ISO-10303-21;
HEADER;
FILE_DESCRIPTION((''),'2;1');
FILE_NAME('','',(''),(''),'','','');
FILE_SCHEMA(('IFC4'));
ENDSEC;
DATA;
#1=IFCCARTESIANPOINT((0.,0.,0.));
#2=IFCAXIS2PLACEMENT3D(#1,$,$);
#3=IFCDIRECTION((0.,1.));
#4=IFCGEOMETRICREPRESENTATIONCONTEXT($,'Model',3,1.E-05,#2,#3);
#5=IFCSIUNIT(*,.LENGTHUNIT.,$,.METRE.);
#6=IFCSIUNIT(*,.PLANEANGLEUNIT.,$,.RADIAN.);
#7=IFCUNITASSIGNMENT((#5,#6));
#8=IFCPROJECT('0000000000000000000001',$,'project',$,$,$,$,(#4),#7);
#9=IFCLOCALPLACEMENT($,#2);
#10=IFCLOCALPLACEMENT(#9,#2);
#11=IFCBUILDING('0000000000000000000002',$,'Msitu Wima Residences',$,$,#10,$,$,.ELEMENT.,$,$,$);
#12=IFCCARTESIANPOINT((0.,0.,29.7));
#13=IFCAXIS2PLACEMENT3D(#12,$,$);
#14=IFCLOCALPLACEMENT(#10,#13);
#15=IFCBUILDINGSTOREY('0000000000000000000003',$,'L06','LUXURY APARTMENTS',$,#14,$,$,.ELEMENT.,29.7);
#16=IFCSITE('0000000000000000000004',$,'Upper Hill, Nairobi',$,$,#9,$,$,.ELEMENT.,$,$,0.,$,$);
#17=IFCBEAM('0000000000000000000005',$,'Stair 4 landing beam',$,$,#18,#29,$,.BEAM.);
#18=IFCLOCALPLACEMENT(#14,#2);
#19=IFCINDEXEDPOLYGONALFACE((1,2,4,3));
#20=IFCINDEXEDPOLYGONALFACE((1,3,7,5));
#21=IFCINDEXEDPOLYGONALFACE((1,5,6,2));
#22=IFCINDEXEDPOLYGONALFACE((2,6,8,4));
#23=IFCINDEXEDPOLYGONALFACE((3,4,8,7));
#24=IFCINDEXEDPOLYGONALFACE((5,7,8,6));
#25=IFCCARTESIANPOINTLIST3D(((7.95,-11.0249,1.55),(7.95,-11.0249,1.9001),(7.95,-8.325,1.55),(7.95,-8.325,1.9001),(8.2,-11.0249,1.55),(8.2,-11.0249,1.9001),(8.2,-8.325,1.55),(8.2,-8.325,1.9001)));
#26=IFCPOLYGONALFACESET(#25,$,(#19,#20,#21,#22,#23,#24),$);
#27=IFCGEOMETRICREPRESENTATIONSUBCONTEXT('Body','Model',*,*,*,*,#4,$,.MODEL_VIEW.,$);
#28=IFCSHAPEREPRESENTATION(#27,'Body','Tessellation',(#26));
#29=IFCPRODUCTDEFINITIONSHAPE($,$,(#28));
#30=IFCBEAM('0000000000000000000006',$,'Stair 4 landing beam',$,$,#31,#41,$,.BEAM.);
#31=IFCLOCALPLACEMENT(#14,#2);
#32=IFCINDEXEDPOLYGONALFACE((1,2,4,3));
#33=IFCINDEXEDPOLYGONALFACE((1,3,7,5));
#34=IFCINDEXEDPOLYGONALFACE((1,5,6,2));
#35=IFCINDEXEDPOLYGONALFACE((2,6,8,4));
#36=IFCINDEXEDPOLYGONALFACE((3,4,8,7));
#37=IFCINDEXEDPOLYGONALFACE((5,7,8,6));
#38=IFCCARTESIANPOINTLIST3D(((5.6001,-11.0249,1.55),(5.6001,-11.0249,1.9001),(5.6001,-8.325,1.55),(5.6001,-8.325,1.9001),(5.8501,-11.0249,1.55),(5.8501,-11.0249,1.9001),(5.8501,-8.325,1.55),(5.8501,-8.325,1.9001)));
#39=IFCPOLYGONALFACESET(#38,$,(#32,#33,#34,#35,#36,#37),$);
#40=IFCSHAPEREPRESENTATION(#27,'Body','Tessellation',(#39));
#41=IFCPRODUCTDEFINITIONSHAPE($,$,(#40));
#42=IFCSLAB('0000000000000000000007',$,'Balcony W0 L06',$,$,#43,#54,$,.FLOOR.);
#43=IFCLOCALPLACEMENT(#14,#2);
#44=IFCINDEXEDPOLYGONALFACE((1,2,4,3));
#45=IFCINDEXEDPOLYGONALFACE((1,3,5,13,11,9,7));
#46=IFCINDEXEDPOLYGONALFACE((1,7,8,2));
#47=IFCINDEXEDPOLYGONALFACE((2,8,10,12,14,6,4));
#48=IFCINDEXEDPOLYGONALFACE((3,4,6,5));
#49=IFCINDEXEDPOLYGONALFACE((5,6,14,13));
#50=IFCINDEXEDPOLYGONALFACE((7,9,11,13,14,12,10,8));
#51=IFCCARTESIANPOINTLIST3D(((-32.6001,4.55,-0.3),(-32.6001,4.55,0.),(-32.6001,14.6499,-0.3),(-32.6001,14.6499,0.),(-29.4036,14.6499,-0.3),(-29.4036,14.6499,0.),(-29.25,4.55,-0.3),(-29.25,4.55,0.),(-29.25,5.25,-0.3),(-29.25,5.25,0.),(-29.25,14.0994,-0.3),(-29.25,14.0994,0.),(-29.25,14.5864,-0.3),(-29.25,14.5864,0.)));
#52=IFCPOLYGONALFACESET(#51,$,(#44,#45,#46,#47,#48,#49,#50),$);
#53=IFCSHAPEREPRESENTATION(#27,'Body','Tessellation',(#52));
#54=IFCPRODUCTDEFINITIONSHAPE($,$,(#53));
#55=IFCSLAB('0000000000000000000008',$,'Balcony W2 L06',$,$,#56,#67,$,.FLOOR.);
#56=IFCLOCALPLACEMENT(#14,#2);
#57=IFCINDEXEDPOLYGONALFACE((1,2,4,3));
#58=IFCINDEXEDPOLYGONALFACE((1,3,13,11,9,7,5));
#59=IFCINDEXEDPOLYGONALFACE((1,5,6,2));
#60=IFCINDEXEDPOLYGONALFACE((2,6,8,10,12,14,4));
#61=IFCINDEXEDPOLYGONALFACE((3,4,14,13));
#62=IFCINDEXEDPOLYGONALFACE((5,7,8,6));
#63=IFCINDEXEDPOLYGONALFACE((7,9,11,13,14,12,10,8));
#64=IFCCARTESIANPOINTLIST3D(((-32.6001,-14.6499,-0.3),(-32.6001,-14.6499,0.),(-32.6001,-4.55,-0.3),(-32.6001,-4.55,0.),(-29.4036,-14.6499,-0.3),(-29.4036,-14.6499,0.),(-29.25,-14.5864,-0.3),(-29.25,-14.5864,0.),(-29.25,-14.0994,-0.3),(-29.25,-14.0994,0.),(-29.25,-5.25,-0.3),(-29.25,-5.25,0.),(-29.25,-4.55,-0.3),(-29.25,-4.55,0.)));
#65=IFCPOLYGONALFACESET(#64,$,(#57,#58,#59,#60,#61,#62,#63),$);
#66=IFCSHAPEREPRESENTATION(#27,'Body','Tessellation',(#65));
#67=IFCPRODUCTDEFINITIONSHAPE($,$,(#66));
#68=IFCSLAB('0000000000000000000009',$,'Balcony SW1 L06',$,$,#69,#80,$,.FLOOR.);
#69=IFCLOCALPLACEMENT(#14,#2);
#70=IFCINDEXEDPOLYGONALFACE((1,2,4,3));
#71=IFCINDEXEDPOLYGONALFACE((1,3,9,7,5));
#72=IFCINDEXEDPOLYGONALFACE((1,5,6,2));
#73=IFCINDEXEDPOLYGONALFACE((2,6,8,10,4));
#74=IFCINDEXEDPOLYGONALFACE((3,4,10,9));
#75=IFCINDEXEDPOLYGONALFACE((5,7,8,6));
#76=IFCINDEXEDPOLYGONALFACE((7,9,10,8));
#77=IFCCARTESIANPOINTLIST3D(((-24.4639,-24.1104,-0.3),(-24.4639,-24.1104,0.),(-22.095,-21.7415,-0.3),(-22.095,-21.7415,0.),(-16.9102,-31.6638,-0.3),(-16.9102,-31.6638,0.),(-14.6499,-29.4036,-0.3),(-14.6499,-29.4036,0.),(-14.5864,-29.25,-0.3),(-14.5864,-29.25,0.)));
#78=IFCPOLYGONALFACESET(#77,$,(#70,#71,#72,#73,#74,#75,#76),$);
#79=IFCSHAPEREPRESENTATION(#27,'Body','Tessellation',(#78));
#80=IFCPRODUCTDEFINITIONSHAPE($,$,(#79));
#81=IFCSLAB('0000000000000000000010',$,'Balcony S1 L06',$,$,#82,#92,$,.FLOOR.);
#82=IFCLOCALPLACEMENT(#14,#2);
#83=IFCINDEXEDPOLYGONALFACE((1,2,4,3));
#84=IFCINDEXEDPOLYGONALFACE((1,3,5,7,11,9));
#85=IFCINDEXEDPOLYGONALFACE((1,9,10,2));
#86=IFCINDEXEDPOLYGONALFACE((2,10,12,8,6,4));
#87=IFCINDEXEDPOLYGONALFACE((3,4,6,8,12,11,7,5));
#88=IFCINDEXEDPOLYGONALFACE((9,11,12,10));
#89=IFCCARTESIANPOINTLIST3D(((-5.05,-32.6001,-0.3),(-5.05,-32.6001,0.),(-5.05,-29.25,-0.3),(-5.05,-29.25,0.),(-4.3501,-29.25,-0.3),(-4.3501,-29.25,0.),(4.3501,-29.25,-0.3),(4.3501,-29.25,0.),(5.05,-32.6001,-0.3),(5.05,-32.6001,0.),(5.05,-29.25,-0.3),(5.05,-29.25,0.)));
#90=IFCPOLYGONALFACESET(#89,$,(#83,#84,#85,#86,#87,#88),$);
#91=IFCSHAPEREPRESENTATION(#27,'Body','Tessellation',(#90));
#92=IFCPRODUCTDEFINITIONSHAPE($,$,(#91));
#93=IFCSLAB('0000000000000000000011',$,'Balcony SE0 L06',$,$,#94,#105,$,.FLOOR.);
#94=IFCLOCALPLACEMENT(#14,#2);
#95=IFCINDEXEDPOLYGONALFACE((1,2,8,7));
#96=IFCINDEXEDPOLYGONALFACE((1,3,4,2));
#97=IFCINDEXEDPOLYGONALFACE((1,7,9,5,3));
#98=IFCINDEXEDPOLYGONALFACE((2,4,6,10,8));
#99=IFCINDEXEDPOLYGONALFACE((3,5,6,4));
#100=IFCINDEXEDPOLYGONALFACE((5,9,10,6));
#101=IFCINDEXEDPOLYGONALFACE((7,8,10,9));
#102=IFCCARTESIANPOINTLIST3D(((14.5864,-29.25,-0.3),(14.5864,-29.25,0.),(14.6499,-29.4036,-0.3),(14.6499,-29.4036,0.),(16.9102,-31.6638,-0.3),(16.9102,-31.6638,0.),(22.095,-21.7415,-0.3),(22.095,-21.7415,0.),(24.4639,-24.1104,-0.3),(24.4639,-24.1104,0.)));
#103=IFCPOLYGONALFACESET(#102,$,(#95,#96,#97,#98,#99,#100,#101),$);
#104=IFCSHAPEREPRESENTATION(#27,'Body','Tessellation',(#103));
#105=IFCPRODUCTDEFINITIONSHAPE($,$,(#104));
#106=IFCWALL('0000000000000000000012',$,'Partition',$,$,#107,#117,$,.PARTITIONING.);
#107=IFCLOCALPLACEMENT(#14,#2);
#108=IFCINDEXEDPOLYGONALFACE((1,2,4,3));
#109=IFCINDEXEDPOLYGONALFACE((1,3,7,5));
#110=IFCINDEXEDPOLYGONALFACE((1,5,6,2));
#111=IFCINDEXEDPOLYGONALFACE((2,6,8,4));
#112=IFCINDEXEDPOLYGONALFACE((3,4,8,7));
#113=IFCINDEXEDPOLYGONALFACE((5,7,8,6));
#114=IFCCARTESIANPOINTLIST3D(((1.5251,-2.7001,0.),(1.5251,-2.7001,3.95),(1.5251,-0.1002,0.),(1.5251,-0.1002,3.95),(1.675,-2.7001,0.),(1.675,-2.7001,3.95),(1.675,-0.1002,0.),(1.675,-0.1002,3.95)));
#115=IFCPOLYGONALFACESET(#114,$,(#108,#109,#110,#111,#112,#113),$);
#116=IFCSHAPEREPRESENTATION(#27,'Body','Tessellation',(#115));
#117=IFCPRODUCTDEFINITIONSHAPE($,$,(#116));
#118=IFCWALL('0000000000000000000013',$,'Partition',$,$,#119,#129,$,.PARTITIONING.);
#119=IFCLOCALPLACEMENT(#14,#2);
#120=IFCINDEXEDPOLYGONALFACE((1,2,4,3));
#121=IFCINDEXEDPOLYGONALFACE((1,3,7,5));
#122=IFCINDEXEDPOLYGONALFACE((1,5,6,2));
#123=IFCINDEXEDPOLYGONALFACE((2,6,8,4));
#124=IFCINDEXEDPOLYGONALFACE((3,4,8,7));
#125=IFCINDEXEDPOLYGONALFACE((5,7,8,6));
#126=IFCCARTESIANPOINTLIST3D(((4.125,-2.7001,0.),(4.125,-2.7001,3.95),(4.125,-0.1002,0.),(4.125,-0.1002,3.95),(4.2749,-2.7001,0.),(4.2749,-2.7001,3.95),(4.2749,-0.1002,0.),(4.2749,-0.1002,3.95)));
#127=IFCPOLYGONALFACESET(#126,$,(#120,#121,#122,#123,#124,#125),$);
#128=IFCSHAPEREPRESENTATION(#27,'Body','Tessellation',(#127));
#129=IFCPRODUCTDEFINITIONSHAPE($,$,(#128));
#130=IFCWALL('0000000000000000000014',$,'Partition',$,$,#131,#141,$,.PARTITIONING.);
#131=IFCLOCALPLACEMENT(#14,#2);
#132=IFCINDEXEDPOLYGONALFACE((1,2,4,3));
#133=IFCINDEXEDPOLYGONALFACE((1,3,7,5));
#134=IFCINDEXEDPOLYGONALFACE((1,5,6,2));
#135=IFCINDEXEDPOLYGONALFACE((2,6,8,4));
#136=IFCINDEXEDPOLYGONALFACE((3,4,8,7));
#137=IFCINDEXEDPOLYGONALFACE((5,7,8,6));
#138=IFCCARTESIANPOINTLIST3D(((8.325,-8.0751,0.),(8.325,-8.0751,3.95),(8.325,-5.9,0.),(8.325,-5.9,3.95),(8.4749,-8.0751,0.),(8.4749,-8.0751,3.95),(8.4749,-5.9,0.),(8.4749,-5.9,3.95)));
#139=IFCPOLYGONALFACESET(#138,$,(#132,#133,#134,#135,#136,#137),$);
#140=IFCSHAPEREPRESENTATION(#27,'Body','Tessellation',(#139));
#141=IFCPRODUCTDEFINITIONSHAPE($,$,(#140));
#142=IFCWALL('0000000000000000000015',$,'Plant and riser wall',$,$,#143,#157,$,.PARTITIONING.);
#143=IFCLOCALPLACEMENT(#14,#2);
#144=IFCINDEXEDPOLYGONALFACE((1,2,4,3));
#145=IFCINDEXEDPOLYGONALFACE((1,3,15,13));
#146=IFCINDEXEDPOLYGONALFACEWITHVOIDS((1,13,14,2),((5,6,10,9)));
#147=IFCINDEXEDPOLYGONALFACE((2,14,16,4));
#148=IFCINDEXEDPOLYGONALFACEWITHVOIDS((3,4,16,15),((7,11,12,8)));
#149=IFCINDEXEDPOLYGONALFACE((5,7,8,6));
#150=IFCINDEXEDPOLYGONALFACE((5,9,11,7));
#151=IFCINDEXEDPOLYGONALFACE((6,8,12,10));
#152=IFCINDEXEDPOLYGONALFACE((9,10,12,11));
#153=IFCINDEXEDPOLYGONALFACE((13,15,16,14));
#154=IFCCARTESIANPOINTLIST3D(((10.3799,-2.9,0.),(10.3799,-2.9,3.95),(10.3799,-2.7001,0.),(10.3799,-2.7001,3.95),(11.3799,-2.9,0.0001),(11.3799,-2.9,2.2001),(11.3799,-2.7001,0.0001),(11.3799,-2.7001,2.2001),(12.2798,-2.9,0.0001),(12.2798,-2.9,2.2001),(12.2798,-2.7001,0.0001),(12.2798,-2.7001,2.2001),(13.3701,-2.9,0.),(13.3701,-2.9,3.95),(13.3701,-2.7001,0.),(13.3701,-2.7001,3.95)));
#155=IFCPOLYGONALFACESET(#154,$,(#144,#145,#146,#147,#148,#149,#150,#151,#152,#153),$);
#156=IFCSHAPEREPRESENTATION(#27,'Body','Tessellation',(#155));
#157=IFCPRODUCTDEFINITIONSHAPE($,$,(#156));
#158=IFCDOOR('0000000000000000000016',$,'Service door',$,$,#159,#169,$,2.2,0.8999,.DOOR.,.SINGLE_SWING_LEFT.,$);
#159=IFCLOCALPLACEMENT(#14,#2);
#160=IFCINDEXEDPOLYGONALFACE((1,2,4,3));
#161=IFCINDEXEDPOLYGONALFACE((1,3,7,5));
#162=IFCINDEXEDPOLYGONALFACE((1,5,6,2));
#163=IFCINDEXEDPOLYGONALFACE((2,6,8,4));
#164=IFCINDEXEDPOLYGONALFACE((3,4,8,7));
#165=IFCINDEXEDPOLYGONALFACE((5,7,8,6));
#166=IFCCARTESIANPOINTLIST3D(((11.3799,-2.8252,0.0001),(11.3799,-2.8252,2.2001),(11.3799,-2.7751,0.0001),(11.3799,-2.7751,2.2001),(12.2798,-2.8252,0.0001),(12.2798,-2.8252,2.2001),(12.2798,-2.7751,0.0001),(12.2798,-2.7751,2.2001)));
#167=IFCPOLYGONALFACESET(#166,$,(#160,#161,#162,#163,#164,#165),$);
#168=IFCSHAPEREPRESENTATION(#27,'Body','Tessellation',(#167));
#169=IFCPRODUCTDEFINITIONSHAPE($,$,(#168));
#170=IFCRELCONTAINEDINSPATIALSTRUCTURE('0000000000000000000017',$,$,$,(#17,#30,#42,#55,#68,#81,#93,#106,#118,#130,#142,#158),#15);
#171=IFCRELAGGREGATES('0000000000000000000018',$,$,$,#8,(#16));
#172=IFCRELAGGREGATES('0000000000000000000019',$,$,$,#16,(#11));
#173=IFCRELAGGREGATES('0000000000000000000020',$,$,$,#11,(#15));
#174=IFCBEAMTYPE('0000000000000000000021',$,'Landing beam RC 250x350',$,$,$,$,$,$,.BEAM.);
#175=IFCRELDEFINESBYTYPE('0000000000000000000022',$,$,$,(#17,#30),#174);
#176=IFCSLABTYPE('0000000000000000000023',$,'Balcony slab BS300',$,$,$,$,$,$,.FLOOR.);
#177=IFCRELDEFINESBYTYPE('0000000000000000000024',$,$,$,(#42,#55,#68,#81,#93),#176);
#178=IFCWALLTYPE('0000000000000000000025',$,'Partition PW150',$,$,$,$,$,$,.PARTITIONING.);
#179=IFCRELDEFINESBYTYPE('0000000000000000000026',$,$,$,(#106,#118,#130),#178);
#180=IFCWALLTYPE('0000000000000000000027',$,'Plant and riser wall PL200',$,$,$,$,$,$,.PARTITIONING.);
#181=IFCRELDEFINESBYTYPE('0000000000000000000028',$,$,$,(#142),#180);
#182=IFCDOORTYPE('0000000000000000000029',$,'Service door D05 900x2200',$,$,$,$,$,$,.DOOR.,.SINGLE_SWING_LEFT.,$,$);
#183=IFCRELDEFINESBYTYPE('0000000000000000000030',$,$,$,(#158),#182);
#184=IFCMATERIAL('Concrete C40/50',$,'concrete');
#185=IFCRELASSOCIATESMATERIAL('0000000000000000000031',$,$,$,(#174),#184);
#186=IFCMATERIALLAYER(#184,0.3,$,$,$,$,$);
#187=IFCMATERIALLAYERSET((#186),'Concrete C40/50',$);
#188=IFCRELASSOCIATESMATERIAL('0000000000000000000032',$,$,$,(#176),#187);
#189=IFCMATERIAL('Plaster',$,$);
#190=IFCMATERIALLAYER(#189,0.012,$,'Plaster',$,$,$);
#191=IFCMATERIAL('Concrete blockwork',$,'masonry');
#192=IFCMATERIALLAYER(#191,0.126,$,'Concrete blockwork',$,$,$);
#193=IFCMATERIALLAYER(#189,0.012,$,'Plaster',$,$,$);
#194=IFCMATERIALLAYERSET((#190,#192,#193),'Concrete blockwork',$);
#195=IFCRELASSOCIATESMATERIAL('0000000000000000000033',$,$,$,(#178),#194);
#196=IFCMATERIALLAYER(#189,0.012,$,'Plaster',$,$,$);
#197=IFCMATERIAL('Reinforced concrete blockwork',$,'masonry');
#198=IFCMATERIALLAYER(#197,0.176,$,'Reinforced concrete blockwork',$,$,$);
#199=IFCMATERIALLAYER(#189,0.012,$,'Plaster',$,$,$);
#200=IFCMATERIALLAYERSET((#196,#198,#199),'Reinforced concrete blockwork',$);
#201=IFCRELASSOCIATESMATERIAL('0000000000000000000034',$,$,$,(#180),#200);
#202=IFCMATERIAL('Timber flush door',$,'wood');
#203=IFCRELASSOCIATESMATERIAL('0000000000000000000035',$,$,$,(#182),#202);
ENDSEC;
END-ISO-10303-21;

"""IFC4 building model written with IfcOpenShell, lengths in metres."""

from ifc_helpers import new_model, si_unit, direction, frame, frame_2d, origin, origin_2d, place, context, subcontext, project, spatial, polyline, rectangle, outline, extrude, material, layer, layer_set, material_profile, profile_set, type_object, element, fill, save


model = new_model("IFC4")

# Units and contexts
model_context = context("Model", 3, precision=1e-05, world=origin(), true_north=direction((0.0, 1.0)))
body_context = subcontext(model_context, "Body", "Model", "MODEL_VIEW")
ifc_project = project(units=[si_unit("LENGTHUNIT", "METRE"), si_unit("PLANEANGLEUNIT", "RADIAN")], contexts=[model_context])

# Site, building, storey
site_placement = place(None, origin())
site = spatial("IfcSite", under=ifc_project, at=site_placement, Name="Upper Hill, Nairobi", CompositionType="ELEMENT", RefElevation=0.0)
building_placement = place(site_placement, origin())
building = spatial("IfcBuilding", under=site, at=building_placement, Name="Msitu Wima Residences", CompositionType="ELEMENT")
storey_placement = place(building_placement, frame((0.0, 0.0, 29.7)))
storey = spatial("IfcBuildingStorey", under=building, at=storey_placement, Name="L06", Description="LUXURY APARTMENTS", CompositionType="ELEMENT", Elevation=29.7)

# Beams
ifc_material_1 = material(Name="Concrete C40/50", Category="concrete")
ifc_material_profile = material_profile(ifc_material_1, rectangle(XDim=0.25, YDim=0.3501, at=origin_2d()), Name="RC 250x350")
ifc_profile_set = profile_set([ifc_material_profile], Name="Concrete C40/50")
beam_type = type_object("IfcBeamType", Name="Landing beam RC 250x350", PredefinedType="BEAM", material=ifc_profile_set)
for number, where, z_axis, x_axis, name in (
    (1, (8.075, -11.0249, 1.7251), (0.0, 1.0, 0.0), (-1.0, 0.0, 0.0), "Stair 4 landing beam"),
    (2, (5.7251, -11.0249, 1.7251), (0.0, 1.0, 0.0), (-1.0, 0.0, 0.0), "Stair 4 landing beam"),
):
    element("IfcBeam", number, at=place(storey_placement, frame(where, z_axis=z_axis, x_axis=x_axis)), inside=storey, type_object=beam_type, Name=name, PredefinedType="BEAM", context=body_context, shape_type="SweptSolid", body=[
        extrude(rectangle(XDim=0.25, YDim=0.3501, at=origin_2d()), origin(), (0.0, 0.0, 1.0), 2.7),
    ])

# Slabs
ifc_layer_1 = layer(ifc_material_1, 0.3)
ifc_layer_set_1 = layer_set([ifc_layer_1], Name="Concrete C40/50")
slab_type = type_object("IfcSlabType", Name="Balcony slab BS300", PredefinedType="FLOOR", material=ifc_layer_set_1)
slab_1_placement = place(storey_placement, frame((0.0, 0.0, -0.3)))
element("IfcSlab", 3, at=slab_1_placement, inside=storey, type_object=slab_type, Name="Balcony W0 L06", PredefinedType="FLOOR", context=body_context, shape_type="SweptSolid", body=[
    extrude(outline(polyline([(-29.25, 14.0994), (-29.25, 14.0994), (-29.25, 5.25), (-29.25, 4.55), (-32.6001, 4.55), (-32.6001, 14.6499), (-29.4036, 14.6499), (-29.25, 14.5864), (-29.25, 14.0994), (-29.25, 14.0994)])), origin(), (0.0, 0.0, 1.0), 0.3),
])
slab_2_placement = place(storey_placement, frame((0.0, 0.0, -0.3)))
element("IfcSlab", 4, at=slab_2_placement, inside=storey, type_object=slab_type, Name="Balcony W2 L06", PredefinedType="FLOOR", context=body_context, shape_type="SweptSolid", body=[
    extrude(outline(polyline([(-29.25, -14.0994), (-29.25, -14.0994), (-29.25, -14.0994), (-29.25, -14.5864), (-29.4036, -14.6499), (-32.6001, -14.6499), (-32.6001, -4.55), (-29.25, -4.55), (-29.25, -5.25), (-29.25, -14.0994)])), origin(), (0.0, 0.0, 1.0), 0.3),
])
slab_3_placement = place(storey_placement, frame((0.0, 0.0, -0.3)))
element("IfcSlab", 5, at=slab_3_placement, inside=storey, type_object=slab_type, Name="Balcony SW1 L06", PredefinedType="FLOOR", context=body_context, shape_type="SweptSolid", body=[
    extrude(outline(polyline([(-16.9102, -31.6638), (-24.4639, -24.1104), (-22.095, -21.7415), (-14.5864, -29.25), (-14.6499, -29.4036), (-16.9102, -31.6638)])), origin(), (0.0, 0.0, 1.0), 0.3),
])
slab_4_placement = place(storey_placement, frame((0.0, 0.0, -0.3)))
element("IfcSlab", 6, at=slab_4_placement, inside=storey, type_object=slab_type, Name="Balcony S1 L06", PredefinedType="FLOOR", context=body_context, shape_type="SweptSolid", body=[
    extrude(outline(polyline([(-4.3501, -29.25), (4.3501, -29.25), (5.05, -29.25), (5.05, -32.6001), (-5.05, -32.6001), (-5.05, -29.25), (-4.3501, -29.25)])), origin(), (0.0, 0.0, 1.0), 0.3),
])
slab_5_placement = place(storey_placement, frame((0.0, 0.0, -0.3)))
element("IfcSlab", 7, at=slab_5_placement, inside=storey, type_object=slab_type, Name="Balcony SE0 L06", PredefinedType="FLOOR", context=body_context, shape_type="SweptSolid", body=[
    extrude(outline(polyline([(24.4639, -24.1104), (16.9102, -31.6638), (14.6499, -29.4036), (14.5864, -29.25), (22.095, -21.7415), (24.4639, -24.1104)])), origin(), (0.0, 0.0, 1.0), 0.3),
])

# Walls
ifc_material_2 = material(Name="Plaster")
ifc_layer_2 = layer(ifc_material_2, 0.012, Name="Plaster")
ifc_material_3 = material(Name="Concrete blockwork", Category="masonry")
ifc_layer_3 = layer(ifc_material_3, 0.126, Name="Concrete blockwork")
ifc_layer_4 = layer(ifc_material_2, 0.012, Name="Plaster")
ifc_layer_set_2 = layer_set([ifc_layer_2, ifc_layer_3, ifc_layer_4], Name="Concrete blockwork")
wall_type_1 = type_object("IfcWallType", Name="Partition PW150", PredefinedType="PARTITIONING", material=ifc_layer_set_2)
for number, where, z_axis, x_axis, name in (
    (8, (1.6001, -2.7, 0.0), (0.0, 0.0, 1.0), (0.0, 1.0, 0.0), "Partition"),
    (9, (4.2, -2.7, 0.0), (0.0, 0.0, 1.0), (0.0, 1.0, 0.0), "Partition"),
):
    element("IfcWall", number, at=place(storey_placement, frame(where, z_axis=z_axis, x_axis=x_axis)), inside=storey, type_object=wall_type_1, Name=name, PredefinedType="PARTITIONING", context=body_context, shape_type="SweptSolid", body=[
        extrude(rectangle(XDim=2.5999, YDim=0.1499, at=frame_2d((1.2998, 0.0))), origin(), (0.0, 0.0, 1.0), 3.95),
    ])
wall_1_placement = place(storey_placement, frame((8.3999, -8.075, 0.0), z_axis=(0.0, 0.0, 1.0), x_axis=(0.0, 1.0, 0.0)))
element("IfcWall", 10, at=wall_1_placement, inside=storey, type_object=wall_type_1, Name="Partition", PredefinedType="PARTITIONING", context=body_context, shape_type="SweptSolid", body=[
    extrude(rectangle(XDim=2.175, YDim=0.1499, at=frame_2d((1.0874, 0.0))), origin(), (0.0, 0.0, 1.0), 3.95),
])

# Wall, opening, door
ifc_layer_5 = layer(ifc_material_2, 0.012, Name="Plaster")
ifc_material_4 = material(Name="Reinforced concrete blockwork", Category="masonry")
ifc_layer_6 = layer(ifc_material_4, 0.176, Name="Reinforced concrete blockwork")
ifc_layer_7 = layer(ifc_material_2, 0.012, Name="Plaster")
ifc_layer_set_3 = layer_set([ifc_layer_5, ifc_layer_6, ifc_layer_7], Name="Reinforced concrete blockwork")
wall_type_2 = type_object("IfcWallType", Name="Plant and riser wall PL200", PredefinedType="PARTITIONING", material=ifc_layer_set_3)
wall_2_placement = place(storey_placement, frame((10.3799, -2.8, 0.0), z_axis=(0.0, 0.0, 1.0), x_axis=(1.0, 0.0, 0.0)))
wall_2 = element("IfcWall", 11, at=wall_2_placement, inside=storey, type_object=wall_type_2, Name="Plant and riser wall", PredefinedType="PARTITIONING", context=body_context, shape_type="SweptSolid", body=[
    extrude(rectangle(XDim=2.9902, YDim=0.2, at=frame_2d((1.4951, 0.0))), origin(), (0.0, 0.0, 1.0), 3.95),
])
opening_placement = place(wall_2_placement, frame((1.0, 0.0, 0.0)))
opening = element("IfcOpeningElement", 12, at=opening_placement, cuts=wall_2, PredefinedType="OPENING", context=body_context, shape_type="SweptSolid", body=[
    extrude(rectangle(XDim=0.8999, YDim=2.2, at=frame_2d((0.45, 1.1001))), frame((0.0, 0.1099, 0.0), z_axis=(0.0, -1.0, 0.0), x_axis=(1.0, 0.0, 0.0)), (0.0, 0.0, 1.0), 0.22),
])
ifc_material_5 = material(Name="Timber flush door", Category="wood")
door_type = type_object("IfcDoorType", Name="Service door D05 900x2200", OperationType="SINGLE_SWING_LEFT", PredefinedType="DOOR", material=ifc_material_5)
door_placement = place(opening_placement, origin())
door = element("IfcDoor", 13, at=door_placement, inside=storey, type_object=door_type, Name="Service door", OperationType="SINGLE_SWING_LEFT", OverallHeight=2.2, OverallWidth=0.8999, PredefinedType="DOOR", context=body_context, shape_type="SweptSolid", body=[
    extrude(rectangle(XDim=0.8999, YDim=2.2, at=frame_2d((0.45, 1.1001))), frame((0.0, 0.0249, 0.0), z_axis=(0.0, -1.0, 0.0), x_axis=(1.0, 0.0, 0.0)), (0.0, 0.0, 1.0), 0.05),
])
fill(opening, door)

save(model, "model.ifc")
